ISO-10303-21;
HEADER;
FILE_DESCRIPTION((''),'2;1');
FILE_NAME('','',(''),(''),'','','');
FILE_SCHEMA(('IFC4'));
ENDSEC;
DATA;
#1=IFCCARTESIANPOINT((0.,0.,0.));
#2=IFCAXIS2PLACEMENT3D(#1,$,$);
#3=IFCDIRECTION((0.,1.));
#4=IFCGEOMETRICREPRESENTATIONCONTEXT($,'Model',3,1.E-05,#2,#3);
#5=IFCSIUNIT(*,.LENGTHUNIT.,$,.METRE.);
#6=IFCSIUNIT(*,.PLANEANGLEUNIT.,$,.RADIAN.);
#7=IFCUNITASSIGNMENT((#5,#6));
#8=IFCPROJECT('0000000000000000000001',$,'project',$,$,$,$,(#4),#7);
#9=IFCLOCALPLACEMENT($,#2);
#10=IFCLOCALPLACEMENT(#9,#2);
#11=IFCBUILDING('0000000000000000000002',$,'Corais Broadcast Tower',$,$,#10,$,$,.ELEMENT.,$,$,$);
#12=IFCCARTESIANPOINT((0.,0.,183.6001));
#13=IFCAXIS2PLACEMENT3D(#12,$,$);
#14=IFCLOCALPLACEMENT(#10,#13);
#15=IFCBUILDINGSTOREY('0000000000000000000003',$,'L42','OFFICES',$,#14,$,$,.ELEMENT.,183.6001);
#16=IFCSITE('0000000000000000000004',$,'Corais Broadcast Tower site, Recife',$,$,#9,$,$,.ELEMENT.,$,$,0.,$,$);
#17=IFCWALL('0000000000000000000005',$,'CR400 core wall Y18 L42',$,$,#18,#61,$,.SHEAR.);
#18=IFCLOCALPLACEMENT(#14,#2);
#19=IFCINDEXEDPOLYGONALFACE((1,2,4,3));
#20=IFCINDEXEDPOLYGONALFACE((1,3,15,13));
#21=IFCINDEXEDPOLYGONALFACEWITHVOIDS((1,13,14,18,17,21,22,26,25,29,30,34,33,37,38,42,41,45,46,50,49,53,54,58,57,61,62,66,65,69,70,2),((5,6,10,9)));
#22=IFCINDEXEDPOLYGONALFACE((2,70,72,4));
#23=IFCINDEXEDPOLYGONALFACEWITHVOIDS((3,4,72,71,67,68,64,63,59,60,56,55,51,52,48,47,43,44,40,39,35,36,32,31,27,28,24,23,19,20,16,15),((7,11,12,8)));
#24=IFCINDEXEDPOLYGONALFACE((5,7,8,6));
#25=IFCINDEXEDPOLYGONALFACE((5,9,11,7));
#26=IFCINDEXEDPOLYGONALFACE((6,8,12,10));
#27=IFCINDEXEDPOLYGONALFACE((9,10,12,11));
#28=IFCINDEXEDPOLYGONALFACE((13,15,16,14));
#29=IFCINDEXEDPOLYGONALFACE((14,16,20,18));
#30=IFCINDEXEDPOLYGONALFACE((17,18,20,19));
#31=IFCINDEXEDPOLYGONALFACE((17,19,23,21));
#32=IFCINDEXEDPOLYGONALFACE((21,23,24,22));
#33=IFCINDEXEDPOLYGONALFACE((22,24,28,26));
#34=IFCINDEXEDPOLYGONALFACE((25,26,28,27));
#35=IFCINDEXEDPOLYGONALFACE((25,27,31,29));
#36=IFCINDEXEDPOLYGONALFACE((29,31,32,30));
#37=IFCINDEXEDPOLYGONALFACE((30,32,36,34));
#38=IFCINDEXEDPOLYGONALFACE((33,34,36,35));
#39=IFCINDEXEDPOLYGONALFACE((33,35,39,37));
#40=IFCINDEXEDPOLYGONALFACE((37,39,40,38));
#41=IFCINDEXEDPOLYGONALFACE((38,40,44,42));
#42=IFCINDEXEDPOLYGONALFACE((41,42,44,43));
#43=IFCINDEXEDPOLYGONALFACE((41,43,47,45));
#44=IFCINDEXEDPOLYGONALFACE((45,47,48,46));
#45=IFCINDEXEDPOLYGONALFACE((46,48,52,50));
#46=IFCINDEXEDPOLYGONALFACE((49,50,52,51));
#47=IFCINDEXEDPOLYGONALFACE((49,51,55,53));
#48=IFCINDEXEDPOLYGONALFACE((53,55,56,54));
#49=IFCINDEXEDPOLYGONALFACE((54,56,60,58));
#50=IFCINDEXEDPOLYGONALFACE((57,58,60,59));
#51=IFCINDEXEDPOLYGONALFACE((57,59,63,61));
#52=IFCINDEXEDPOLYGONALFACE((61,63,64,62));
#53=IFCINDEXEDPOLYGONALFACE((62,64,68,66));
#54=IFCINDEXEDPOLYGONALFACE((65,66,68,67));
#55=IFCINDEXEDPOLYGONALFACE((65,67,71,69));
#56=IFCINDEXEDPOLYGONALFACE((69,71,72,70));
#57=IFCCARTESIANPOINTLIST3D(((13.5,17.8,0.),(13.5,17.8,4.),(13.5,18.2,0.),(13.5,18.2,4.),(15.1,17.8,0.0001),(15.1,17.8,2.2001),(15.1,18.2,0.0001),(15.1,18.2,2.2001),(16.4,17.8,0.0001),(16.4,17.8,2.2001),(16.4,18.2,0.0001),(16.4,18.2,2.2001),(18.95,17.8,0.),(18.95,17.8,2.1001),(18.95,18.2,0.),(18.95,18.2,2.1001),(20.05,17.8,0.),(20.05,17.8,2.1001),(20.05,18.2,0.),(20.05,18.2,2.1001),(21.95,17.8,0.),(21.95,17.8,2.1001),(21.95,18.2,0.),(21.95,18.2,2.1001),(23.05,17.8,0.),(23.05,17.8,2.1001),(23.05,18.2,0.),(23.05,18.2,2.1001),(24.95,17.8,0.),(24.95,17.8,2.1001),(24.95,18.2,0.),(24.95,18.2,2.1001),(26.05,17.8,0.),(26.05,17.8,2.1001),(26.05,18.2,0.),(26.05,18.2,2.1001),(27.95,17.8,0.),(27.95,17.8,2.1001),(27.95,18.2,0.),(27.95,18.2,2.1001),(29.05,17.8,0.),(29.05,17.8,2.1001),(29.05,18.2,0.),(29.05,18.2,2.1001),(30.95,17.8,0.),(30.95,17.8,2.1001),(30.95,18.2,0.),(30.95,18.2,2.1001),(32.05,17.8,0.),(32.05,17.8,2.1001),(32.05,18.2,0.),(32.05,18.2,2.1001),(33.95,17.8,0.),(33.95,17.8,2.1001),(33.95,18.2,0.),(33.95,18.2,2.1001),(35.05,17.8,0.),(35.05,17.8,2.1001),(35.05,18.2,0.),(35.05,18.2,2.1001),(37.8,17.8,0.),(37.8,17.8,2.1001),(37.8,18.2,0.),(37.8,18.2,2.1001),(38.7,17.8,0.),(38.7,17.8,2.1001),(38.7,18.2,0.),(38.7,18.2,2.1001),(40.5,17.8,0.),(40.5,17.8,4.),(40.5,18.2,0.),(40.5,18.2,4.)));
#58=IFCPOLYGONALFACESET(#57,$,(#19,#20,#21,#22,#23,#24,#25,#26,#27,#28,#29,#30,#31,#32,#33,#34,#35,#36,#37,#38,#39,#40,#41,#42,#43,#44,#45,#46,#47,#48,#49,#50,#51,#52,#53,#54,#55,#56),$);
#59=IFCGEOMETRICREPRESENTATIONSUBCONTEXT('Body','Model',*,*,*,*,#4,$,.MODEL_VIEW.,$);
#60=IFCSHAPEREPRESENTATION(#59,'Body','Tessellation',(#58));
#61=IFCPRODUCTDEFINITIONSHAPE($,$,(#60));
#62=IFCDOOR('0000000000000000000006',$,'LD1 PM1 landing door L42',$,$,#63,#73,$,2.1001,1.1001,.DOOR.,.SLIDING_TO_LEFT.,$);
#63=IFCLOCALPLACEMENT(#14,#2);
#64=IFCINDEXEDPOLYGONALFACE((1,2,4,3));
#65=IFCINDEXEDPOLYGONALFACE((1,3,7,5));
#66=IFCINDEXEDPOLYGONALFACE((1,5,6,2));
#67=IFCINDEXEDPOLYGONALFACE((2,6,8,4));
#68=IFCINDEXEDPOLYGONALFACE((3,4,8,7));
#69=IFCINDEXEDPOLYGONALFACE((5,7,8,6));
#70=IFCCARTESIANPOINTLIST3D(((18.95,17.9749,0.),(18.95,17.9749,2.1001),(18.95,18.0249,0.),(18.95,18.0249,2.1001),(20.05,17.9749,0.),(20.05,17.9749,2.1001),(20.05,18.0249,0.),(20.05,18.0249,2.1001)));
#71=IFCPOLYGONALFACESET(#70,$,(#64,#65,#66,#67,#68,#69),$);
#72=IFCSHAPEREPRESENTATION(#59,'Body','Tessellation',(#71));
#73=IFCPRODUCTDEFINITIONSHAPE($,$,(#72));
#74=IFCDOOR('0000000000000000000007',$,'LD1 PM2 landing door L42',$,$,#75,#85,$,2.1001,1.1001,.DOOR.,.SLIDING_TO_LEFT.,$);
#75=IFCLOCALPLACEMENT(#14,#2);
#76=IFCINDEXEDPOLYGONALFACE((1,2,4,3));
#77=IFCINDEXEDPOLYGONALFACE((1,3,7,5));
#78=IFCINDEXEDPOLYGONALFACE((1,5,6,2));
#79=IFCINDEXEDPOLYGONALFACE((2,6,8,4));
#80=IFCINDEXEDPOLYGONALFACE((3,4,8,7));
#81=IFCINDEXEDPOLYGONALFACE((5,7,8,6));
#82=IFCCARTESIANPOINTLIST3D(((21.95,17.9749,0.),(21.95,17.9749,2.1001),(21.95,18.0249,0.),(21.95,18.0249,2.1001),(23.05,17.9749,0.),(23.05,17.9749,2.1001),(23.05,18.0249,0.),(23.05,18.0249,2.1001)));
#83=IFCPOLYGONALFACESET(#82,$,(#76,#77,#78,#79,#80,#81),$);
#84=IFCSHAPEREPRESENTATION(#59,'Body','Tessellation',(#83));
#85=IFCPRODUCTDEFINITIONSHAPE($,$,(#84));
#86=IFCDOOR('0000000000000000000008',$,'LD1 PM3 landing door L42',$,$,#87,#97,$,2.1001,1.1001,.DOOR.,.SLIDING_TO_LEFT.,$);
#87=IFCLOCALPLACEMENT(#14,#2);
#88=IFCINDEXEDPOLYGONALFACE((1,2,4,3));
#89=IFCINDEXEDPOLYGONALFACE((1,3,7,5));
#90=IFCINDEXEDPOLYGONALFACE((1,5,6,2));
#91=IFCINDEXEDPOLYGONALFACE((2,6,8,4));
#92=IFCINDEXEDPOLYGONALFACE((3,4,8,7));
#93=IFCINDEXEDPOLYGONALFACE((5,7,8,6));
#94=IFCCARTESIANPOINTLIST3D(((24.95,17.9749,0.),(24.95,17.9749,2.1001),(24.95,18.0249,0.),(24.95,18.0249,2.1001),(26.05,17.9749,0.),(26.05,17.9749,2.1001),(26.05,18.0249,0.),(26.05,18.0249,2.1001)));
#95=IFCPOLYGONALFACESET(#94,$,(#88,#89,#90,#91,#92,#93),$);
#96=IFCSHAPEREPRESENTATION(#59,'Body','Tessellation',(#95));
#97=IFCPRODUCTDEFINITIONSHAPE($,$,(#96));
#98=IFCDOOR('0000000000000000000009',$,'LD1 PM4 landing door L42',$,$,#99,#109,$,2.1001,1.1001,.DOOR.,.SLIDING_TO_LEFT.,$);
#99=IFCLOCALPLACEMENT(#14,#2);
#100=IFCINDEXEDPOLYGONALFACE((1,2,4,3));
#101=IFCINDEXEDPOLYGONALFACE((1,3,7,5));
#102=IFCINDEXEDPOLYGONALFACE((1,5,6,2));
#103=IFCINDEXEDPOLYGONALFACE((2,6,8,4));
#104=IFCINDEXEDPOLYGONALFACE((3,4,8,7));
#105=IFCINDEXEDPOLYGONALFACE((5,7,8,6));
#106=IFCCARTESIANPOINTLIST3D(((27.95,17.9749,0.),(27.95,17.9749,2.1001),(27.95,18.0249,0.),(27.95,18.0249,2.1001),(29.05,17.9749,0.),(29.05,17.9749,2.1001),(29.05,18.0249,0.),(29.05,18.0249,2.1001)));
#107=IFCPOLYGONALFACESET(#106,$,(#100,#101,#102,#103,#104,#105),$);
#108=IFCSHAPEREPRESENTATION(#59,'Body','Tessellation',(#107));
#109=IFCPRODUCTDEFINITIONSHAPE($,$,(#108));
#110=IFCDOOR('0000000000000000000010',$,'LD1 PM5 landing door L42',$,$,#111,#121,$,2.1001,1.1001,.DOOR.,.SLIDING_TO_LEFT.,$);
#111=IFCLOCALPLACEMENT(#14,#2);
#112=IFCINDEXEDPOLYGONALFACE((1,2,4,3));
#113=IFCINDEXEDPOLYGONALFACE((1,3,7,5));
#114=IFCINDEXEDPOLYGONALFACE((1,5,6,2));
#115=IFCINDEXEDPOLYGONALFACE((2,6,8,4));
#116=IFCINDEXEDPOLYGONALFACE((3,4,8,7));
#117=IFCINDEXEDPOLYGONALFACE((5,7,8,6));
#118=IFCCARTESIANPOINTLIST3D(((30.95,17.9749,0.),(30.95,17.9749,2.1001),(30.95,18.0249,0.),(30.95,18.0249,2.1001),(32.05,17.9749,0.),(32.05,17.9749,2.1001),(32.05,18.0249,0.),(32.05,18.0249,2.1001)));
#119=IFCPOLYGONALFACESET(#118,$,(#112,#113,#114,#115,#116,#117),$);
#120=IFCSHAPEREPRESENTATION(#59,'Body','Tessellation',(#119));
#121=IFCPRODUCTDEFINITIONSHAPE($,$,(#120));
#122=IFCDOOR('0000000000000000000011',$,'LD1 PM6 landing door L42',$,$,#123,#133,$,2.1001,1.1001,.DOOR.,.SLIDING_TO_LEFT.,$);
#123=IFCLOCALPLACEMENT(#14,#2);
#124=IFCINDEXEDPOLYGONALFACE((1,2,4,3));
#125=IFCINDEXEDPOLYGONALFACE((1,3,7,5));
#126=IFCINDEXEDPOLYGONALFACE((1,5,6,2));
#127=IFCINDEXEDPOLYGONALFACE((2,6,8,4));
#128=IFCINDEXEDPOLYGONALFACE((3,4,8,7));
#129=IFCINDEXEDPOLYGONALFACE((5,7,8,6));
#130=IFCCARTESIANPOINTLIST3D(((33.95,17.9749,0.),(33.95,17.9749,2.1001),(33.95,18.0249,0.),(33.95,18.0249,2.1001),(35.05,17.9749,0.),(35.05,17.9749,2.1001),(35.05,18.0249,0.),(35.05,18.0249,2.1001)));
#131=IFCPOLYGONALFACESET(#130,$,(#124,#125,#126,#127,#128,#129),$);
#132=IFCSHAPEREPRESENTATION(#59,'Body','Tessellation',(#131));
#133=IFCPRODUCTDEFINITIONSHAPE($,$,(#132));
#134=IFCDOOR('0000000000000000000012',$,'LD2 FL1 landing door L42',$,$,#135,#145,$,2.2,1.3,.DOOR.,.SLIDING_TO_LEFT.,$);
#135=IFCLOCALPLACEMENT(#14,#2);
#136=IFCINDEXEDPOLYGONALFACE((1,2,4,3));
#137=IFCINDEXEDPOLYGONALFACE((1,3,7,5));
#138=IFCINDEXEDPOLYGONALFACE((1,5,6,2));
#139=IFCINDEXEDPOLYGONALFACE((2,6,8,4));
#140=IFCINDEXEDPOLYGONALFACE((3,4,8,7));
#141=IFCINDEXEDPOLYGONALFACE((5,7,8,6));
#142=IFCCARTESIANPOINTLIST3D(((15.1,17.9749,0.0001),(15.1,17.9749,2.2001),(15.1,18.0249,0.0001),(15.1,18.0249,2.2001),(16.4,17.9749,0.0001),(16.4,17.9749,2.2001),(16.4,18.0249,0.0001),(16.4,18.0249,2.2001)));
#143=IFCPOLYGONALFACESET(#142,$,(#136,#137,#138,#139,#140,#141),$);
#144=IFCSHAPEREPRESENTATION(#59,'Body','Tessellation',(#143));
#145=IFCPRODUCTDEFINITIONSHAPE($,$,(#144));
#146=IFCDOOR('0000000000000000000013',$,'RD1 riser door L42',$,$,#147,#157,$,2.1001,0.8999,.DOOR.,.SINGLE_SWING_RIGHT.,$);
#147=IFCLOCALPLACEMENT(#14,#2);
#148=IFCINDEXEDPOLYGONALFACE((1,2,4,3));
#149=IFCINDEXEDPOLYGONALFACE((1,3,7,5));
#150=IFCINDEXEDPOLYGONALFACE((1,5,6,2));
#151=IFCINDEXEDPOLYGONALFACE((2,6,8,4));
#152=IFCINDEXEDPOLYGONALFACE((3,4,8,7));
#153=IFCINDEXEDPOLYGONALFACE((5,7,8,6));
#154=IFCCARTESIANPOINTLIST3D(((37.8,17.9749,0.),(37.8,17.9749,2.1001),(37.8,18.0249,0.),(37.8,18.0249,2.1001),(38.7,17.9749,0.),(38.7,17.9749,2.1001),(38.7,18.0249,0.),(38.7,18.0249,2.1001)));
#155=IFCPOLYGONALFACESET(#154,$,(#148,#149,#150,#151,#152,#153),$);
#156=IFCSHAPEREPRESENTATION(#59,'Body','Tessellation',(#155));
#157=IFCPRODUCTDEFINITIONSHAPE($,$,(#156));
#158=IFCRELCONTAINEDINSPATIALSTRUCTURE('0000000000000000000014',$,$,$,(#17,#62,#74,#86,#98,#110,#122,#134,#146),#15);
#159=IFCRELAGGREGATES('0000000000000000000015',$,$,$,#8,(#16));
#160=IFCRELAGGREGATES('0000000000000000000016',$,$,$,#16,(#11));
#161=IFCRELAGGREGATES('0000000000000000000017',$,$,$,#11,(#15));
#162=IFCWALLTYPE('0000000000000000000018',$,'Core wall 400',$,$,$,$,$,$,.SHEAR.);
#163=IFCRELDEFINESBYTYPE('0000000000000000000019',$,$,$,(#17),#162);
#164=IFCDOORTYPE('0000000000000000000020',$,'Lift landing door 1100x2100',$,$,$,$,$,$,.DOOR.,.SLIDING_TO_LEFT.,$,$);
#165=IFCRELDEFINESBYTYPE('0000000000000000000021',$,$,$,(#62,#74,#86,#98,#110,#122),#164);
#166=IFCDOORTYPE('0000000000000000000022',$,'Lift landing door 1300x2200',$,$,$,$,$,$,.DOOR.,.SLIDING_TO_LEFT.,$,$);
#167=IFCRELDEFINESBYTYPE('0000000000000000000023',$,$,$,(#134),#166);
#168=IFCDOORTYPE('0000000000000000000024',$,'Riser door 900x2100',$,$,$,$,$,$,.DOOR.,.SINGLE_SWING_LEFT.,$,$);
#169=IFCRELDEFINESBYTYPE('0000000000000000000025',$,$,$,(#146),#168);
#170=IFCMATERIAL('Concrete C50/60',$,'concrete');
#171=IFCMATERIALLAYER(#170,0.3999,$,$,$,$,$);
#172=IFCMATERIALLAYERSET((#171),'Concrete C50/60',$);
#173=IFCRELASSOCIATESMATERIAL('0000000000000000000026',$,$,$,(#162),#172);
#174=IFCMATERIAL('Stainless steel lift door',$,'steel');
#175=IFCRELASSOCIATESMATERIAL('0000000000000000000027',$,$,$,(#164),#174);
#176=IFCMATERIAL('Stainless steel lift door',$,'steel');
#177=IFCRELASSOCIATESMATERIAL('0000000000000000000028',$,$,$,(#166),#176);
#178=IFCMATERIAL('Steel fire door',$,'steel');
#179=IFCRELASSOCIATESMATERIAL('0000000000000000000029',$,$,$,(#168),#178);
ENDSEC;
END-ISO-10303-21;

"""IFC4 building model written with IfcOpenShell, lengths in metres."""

from ifc_helpers import new_model, si_unit, direction, frame, frame_2d, origin, place, context, subcontext, project, spatial, rectangle, extrude, material, layer, layer_set, type_object, element, fill, save


model = new_model("IFC4")

# Units and contexts
model_context = context("Model", 3, precision=1e-05, world=origin(), true_north=direction((0.0, 1.0)))
body_context = subcontext(model_context, "Body", "Model", "MODEL_VIEW")
ifc_project = project(units=[si_unit("LENGTHUNIT", "METRE"), si_unit("PLANEANGLEUNIT", "RADIAN")], contexts=[model_context])

# Site, building, storey
site_placement = place(None, origin())
site = spatial("IfcSite", under=ifc_project, at=site_placement, Name="Corais Broadcast Tower site, Recife", CompositionType="ELEMENT", RefElevation=0.0)
building_placement = place(site_placement, origin())
building = spatial("IfcBuilding", under=site, at=building_placement, Name="Corais Broadcast Tower", CompositionType="ELEMENT")
storey_placement = place(building_placement, frame((0.0, 0.0, 183.6001)))
storey = spatial("IfcBuildingStorey", under=building, at=storey_placement, Name="L42", Description="OFFICES", CompositionType="ELEMENT", Elevation=183.6001)

# Wall, openings, doors
ifc_material_1 = material(Name="Concrete C50/60", Category="concrete")
ifc_layer_1 = layer(ifc_material_1, 0.3999)
ifc_layer_set_1 = layer_set([ifc_layer_1], Name="Concrete C50/60")
wall_type_1 = type_object("IfcWallType", Name="Core wall 400", PredefinedType="SHEAR", material=ifc_layer_set_1)
wall_1_placement = place(storey_placement, frame((13.5, 18.0, 0.0), z_axis=(0.0, 0.0, 1.0), x_axis=(1.0, 0.0, 0.0)))
wall_1 = element("IfcWall", 1, at=wall_1_placement, inside=storey, type_object=wall_type_1, Name="CR400 core wall Y18 L42", PredefinedType="SHEAR", context=body_context, shape_type="SweptSolid", body=[
    extrude(rectangle(XDim=27.0, YDim=0.3999, at=frame_2d((13.5, 0.0))), origin(), (0.0, 0.0, 1.0), 4.0),
])
opening_1_placement = place(wall_1_placement, frame((24.3, 0.0, 0.0)))
opening_1 = element("IfcOpeningElement", 2, at=opening_1_placement, cuts=wall_1, PredefinedType="OPENING", context=body_context, shape_type="SweptSolid", body=[
    extrude(rectangle(XDim=0.8999, YDim=2.1001, at=frame_2d((0.45, 1.05))), frame((0.0, 0.21, 0.0), z_axis=(0.0, -1.0, 0.0), x_axis=(1.0, 0.0, 0.0)), (0.0, 0.0, 1.0), 0.4199),
])
opening_2_placement = place(wall_1_placement, frame((5.45, 0.0, 0.0)))
opening_2 = element("IfcOpeningElement", 3, at=opening_2_placement, cuts=wall_1, PredefinedType="OPENING", context=body_context, shape_type="SweptSolid", body=[
    extrude(rectangle(XDim=1.1001, YDim=2.1001, at=frame_2d((0.55, 1.05))), frame((0.0, 0.21, 0.0), z_axis=(0.0, -1.0, 0.0), x_axis=(1.0, 0.0, 0.0)), (0.0, 0.0, 1.0), 0.4199),
])
opening_3_placement = place(wall_1_placement, frame((8.45, 0.0, 0.0)))
opening_3 = element("IfcOpeningElement", 4, at=opening_3_placement, cuts=wall_1, PredefinedType="OPENING", context=body_context, shape_type="SweptSolid", body=[
    extrude(rectangle(XDim=1.1001, YDim=2.1001, at=frame_2d((0.55, 1.05))), frame((0.0, 0.21, 0.0), z_axis=(0.0, -1.0, 0.0), x_axis=(1.0, 0.0, 0.0)), (0.0, 0.0, 1.0), 0.4199),
])
opening_4_placement = place(wall_1_placement, frame((11.45, 0.0, 0.0)))
opening_4 = element("IfcOpeningElement", 5, at=opening_4_placement, cuts=wall_1, PredefinedType="OPENING", context=body_context, shape_type="SweptSolid", body=[
    extrude(rectangle(XDim=1.1001, YDim=2.1001, at=frame_2d((0.55, 1.05))), frame((0.0, 0.21, 0.0), z_axis=(0.0, -1.0, 0.0), x_axis=(1.0, 0.0, 0.0)), (0.0, 0.0, 1.0), 0.4199),
])
opening_5_placement = place(wall_1_placement, frame((14.45, 0.0, 0.0)))
opening_5 = element("IfcOpeningElement", 6, at=opening_5_placement, cuts=wall_1, PredefinedType="OPENING", context=body_context, shape_type="SweptSolid", body=[
    extrude(rectangle(XDim=1.1001, YDim=2.1001, at=frame_2d((0.55, 1.05))), frame((0.0, 0.21, 0.0), z_axis=(0.0, -1.0, 0.0), x_axis=(1.0, 0.0, 0.0)), (0.0, 0.0, 1.0), 0.4199),
])
opening_6_placement = place(wall_1_placement, frame((17.45, 0.0, 0.0)))
opening_6 = element("IfcOpeningElement", 7, at=opening_6_placement, cuts=wall_1, PredefinedType="OPENING", context=body_context, shape_type="SweptSolid", body=[
    extrude(rectangle(XDim=1.1001, YDim=2.1001, at=frame_2d((0.55, 1.05))), frame((0.0, 0.21, 0.0), z_axis=(0.0, -1.0, 0.0), x_axis=(1.0, 0.0, 0.0)), (0.0, 0.0, 1.0), 0.4199),
])
opening_7_placement = place(wall_1_placement, frame((20.45, 0.0, 0.0)))
opening_7 = element("IfcOpeningElement", 8, at=opening_7_placement, cuts=wall_1, PredefinedType="OPENING", context=body_context, shape_type="SweptSolid", body=[
    extrude(rectangle(XDim=1.1001, YDim=2.1001, at=frame_2d((0.55, 1.05))), frame((0.0, 0.21, 0.0), z_axis=(0.0, -1.0, 0.0), x_axis=(1.0, 0.0, 0.0)), (0.0, 0.0, 1.0), 0.4199),
])
opening_8_placement = place(wall_1_placement, frame((1.6001, 0.0, 0.0)))
opening_8 = element("IfcOpeningElement", 9, at=opening_8_placement, cuts=wall_1, PredefinedType="OPENING", context=body_context, shape_type="SweptSolid", body=[
    extrude(rectangle(XDim=1.3, YDim=2.2, at=frame_2d((0.6499, 1.1001))), frame((0.0, 0.21, 0.0), z_axis=(0.0, -1.0, 0.0), x_axis=(1.0, 0.0, 0.0)), (0.0, 0.0, 1.0), 0.4199),
])
ifc_material_2 = material(Name="Stainless steel lift door", Category="steel")
door_type_1 = type_object("IfcDoorType", Name="Lift landing door 1100x2100", OperationType="SLIDING_TO_LEFT", PredefinedType="DOOR", material=ifc_material_2)
door_1_placement = place(opening_2_placement, origin())
door_1 = element("IfcDoor", 10, at=door_1_placement, inside=storey, type_object=door_type_1, Name="LD1 PM1 landing door L42", OperationType="SLIDING_TO_LEFT", OverallHeight=2.1001, OverallWidth=1.1001, PredefinedType="DOOR", context=body_context, shape_type="SweptSolid", body=[
    extrude(rectangle(XDim=1.1001, YDim=2.1001, at=frame_2d((0.55, 1.05))), frame((0.0, 0.0249, 0.0), z_axis=(0.0, -1.0, 0.0), x_axis=(1.0, 0.0, 0.0)), (0.0, 0.0, 1.0), 0.05),
])
fill(opening_2, door_1)
door_2_placement = place(opening_3_placement, origin())
door_2 = element("IfcDoor", 11, at=door_2_placement, inside=storey, type_object=door_type_1, Name="LD1 PM2 landing door L42", OperationType="SLIDING_TO_LEFT", OverallHeight=2.1001, OverallWidth=1.1001, PredefinedType="DOOR", context=body_context, shape_type="SweptSolid", body=[
    extrude(rectangle(XDim=1.1001, YDim=2.1001, at=frame_2d((0.55, 1.05))), frame((0.0, 0.0249, 0.0), z_axis=(0.0, -1.0, 0.0), x_axis=(1.0, 0.0, 0.0)), (0.0, 0.0, 1.0), 0.05),
])
fill(opening_3, door_2)
door_3_placement = place(opening_4_placement, origin())
door_3 = element("IfcDoor", 12, at=door_3_placement, inside=storey, type_object=door_type_1, Name="LD1 PM3 landing door L42", OperationType="SLIDING_TO_LEFT", OverallHeight=2.1001, OverallWidth=1.1001, PredefinedType="DOOR", context=body_context, shape_type="SweptSolid", body=[
    extrude(rectangle(XDim=1.1001, YDim=2.1001, at=frame_2d((0.55, 1.05))), frame((0.0, 0.0249, 0.0), z_axis=(0.0, -1.0, 0.0), x_axis=(1.0, 0.0, 0.0)), (0.0, 0.0, 1.0), 0.05),
])
fill(opening_4, door_3)
door_4_placement = place(opening_5_placement, origin())
door_4 = element("IfcDoor", 13, at=door_4_placement, inside=storey, type_object=door_type_1, Name="LD1 PM4 landing door L42", OperationType="SLIDING_TO_LEFT", OverallHeight=2.1001, OverallWidth=1.1001, PredefinedType="DOOR", context=body_context, shape_type="SweptSolid", body=[
    extrude(rectangle(XDim=1.1001, YDim=2.1001, at=frame_2d((0.55, 1.05))), frame((0.0, 0.0249, 0.0), z_axis=(0.0, -1.0, 0.0), x_axis=(1.0, 0.0, 0.0)), (0.0, 0.0, 1.0), 0.05),
])
fill(opening_5, door_4)
door_5_placement = place(opening_6_placement, origin())
door_5 = element("IfcDoor", 14, at=door_5_placement, inside=storey, type_object=door_type_1, Name="LD1 PM5 landing door L42", OperationType="SLIDING_TO_LEFT", OverallHeight=2.1001, OverallWidth=1.1001, PredefinedType="DOOR", context=body_context, shape_type="SweptSolid", body=[
    extrude(rectangle(XDim=1.1001, YDim=2.1001, at=frame_2d((0.55, 1.05))), frame((0.0, 0.0249, 0.0), z_axis=(0.0, -1.0, 0.0), x_axis=(1.0, 0.0, 0.0)), (0.0, 0.0, 1.0), 0.05),
])
fill(opening_6, door_5)
door_6_placement = place(opening_7_placement, origin())
door_6 = element("IfcDoor", 15, at=door_6_placement, inside=storey, type_object=door_type_1, Name="LD1 PM6 landing door L42", OperationType="SLIDING_TO_LEFT", OverallHeight=2.1001, OverallWidth=1.1001, PredefinedType="DOOR", context=body_context, shape_type="SweptSolid", body=[
    extrude(rectangle(XDim=1.1001, YDim=2.1001, at=frame_2d((0.55, 1.05))), frame((0.0, 0.0249, 0.0), z_axis=(0.0, -1.0, 0.0), x_axis=(1.0, 0.0, 0.0)), (0.0, 0.0, 1.0), 0.05),
])
fill(opening_7, door_6)
ifc_material_3 = material(Name="Stainless steel lift door", Category="steel")
door_type_2 = type_object("IfcDoorType", Name="Lift landing door 1300x2200", OperationType="SLIDING_TO_LEFT", PredefinedType="DOOR", material=ifc_material_3)
door_7_placement = place(opening_8_placement, origin())
door_7 = element("IfcDoor", 16, at=door_7_placement, inside=storey, type_object=door_type_2, Name="LD2 FL1 landing door L42", OperationType="SLIDING_TO_LEFT", OverallHeight=2.2, OverallWidth=1.3, PredefinedType="DOOR", context=body_context, shape_type="SweptSolid", body=[
    extrude(rectangle(XDim=1.3, YDim=2.2, at=frame_2d((0.6499, 1.1001))), frame((0.0, 0.0249, 0.0), z_axis=(0.0, -1.0, 0.0), x_axis=(1.0, 0.0, 0.0)), (0.0, 0.0, 1.0), 0.05),
])
fill(opening_8, door_7)
ifc_material_4 = material(Name="Steel fire door", Category="steel")
door_type_3 = type_object("IfcDoorType", Name="Riser door 900x2100", OperationType="SINGLE_SWING_LEFT", PredefinedType="DOOR", material=ifc_material_4)
door_8_placement = place(opening_1_placement, origin())
door_8 = element("IfcDoor", 17, at=door_8_placement, inside=storey, type_object=door_type_3, Name="RD1 riser door L42", OperationType="SINGLE_SWING_RIGHT", OverallHeight=2.1001, OverallWidth=0.8999, PredefinedType="DOOR", context=body_context, shape_type="SweptSolid", body=[
    extrude(rectangle(XDim=0.8999, YDim=2.1001, at=frame_2d((0.45, 1.05))), frame((0.0, 0.0249, 0.0), z_axis=(0.0, -1.0, 0.0), x_axis=(1.0, 0.0, 0.0)), (0.0, 0.0, 1.0), 0.05),
])
fill(opening_1, door_8)

save(model, "model.ifc")
